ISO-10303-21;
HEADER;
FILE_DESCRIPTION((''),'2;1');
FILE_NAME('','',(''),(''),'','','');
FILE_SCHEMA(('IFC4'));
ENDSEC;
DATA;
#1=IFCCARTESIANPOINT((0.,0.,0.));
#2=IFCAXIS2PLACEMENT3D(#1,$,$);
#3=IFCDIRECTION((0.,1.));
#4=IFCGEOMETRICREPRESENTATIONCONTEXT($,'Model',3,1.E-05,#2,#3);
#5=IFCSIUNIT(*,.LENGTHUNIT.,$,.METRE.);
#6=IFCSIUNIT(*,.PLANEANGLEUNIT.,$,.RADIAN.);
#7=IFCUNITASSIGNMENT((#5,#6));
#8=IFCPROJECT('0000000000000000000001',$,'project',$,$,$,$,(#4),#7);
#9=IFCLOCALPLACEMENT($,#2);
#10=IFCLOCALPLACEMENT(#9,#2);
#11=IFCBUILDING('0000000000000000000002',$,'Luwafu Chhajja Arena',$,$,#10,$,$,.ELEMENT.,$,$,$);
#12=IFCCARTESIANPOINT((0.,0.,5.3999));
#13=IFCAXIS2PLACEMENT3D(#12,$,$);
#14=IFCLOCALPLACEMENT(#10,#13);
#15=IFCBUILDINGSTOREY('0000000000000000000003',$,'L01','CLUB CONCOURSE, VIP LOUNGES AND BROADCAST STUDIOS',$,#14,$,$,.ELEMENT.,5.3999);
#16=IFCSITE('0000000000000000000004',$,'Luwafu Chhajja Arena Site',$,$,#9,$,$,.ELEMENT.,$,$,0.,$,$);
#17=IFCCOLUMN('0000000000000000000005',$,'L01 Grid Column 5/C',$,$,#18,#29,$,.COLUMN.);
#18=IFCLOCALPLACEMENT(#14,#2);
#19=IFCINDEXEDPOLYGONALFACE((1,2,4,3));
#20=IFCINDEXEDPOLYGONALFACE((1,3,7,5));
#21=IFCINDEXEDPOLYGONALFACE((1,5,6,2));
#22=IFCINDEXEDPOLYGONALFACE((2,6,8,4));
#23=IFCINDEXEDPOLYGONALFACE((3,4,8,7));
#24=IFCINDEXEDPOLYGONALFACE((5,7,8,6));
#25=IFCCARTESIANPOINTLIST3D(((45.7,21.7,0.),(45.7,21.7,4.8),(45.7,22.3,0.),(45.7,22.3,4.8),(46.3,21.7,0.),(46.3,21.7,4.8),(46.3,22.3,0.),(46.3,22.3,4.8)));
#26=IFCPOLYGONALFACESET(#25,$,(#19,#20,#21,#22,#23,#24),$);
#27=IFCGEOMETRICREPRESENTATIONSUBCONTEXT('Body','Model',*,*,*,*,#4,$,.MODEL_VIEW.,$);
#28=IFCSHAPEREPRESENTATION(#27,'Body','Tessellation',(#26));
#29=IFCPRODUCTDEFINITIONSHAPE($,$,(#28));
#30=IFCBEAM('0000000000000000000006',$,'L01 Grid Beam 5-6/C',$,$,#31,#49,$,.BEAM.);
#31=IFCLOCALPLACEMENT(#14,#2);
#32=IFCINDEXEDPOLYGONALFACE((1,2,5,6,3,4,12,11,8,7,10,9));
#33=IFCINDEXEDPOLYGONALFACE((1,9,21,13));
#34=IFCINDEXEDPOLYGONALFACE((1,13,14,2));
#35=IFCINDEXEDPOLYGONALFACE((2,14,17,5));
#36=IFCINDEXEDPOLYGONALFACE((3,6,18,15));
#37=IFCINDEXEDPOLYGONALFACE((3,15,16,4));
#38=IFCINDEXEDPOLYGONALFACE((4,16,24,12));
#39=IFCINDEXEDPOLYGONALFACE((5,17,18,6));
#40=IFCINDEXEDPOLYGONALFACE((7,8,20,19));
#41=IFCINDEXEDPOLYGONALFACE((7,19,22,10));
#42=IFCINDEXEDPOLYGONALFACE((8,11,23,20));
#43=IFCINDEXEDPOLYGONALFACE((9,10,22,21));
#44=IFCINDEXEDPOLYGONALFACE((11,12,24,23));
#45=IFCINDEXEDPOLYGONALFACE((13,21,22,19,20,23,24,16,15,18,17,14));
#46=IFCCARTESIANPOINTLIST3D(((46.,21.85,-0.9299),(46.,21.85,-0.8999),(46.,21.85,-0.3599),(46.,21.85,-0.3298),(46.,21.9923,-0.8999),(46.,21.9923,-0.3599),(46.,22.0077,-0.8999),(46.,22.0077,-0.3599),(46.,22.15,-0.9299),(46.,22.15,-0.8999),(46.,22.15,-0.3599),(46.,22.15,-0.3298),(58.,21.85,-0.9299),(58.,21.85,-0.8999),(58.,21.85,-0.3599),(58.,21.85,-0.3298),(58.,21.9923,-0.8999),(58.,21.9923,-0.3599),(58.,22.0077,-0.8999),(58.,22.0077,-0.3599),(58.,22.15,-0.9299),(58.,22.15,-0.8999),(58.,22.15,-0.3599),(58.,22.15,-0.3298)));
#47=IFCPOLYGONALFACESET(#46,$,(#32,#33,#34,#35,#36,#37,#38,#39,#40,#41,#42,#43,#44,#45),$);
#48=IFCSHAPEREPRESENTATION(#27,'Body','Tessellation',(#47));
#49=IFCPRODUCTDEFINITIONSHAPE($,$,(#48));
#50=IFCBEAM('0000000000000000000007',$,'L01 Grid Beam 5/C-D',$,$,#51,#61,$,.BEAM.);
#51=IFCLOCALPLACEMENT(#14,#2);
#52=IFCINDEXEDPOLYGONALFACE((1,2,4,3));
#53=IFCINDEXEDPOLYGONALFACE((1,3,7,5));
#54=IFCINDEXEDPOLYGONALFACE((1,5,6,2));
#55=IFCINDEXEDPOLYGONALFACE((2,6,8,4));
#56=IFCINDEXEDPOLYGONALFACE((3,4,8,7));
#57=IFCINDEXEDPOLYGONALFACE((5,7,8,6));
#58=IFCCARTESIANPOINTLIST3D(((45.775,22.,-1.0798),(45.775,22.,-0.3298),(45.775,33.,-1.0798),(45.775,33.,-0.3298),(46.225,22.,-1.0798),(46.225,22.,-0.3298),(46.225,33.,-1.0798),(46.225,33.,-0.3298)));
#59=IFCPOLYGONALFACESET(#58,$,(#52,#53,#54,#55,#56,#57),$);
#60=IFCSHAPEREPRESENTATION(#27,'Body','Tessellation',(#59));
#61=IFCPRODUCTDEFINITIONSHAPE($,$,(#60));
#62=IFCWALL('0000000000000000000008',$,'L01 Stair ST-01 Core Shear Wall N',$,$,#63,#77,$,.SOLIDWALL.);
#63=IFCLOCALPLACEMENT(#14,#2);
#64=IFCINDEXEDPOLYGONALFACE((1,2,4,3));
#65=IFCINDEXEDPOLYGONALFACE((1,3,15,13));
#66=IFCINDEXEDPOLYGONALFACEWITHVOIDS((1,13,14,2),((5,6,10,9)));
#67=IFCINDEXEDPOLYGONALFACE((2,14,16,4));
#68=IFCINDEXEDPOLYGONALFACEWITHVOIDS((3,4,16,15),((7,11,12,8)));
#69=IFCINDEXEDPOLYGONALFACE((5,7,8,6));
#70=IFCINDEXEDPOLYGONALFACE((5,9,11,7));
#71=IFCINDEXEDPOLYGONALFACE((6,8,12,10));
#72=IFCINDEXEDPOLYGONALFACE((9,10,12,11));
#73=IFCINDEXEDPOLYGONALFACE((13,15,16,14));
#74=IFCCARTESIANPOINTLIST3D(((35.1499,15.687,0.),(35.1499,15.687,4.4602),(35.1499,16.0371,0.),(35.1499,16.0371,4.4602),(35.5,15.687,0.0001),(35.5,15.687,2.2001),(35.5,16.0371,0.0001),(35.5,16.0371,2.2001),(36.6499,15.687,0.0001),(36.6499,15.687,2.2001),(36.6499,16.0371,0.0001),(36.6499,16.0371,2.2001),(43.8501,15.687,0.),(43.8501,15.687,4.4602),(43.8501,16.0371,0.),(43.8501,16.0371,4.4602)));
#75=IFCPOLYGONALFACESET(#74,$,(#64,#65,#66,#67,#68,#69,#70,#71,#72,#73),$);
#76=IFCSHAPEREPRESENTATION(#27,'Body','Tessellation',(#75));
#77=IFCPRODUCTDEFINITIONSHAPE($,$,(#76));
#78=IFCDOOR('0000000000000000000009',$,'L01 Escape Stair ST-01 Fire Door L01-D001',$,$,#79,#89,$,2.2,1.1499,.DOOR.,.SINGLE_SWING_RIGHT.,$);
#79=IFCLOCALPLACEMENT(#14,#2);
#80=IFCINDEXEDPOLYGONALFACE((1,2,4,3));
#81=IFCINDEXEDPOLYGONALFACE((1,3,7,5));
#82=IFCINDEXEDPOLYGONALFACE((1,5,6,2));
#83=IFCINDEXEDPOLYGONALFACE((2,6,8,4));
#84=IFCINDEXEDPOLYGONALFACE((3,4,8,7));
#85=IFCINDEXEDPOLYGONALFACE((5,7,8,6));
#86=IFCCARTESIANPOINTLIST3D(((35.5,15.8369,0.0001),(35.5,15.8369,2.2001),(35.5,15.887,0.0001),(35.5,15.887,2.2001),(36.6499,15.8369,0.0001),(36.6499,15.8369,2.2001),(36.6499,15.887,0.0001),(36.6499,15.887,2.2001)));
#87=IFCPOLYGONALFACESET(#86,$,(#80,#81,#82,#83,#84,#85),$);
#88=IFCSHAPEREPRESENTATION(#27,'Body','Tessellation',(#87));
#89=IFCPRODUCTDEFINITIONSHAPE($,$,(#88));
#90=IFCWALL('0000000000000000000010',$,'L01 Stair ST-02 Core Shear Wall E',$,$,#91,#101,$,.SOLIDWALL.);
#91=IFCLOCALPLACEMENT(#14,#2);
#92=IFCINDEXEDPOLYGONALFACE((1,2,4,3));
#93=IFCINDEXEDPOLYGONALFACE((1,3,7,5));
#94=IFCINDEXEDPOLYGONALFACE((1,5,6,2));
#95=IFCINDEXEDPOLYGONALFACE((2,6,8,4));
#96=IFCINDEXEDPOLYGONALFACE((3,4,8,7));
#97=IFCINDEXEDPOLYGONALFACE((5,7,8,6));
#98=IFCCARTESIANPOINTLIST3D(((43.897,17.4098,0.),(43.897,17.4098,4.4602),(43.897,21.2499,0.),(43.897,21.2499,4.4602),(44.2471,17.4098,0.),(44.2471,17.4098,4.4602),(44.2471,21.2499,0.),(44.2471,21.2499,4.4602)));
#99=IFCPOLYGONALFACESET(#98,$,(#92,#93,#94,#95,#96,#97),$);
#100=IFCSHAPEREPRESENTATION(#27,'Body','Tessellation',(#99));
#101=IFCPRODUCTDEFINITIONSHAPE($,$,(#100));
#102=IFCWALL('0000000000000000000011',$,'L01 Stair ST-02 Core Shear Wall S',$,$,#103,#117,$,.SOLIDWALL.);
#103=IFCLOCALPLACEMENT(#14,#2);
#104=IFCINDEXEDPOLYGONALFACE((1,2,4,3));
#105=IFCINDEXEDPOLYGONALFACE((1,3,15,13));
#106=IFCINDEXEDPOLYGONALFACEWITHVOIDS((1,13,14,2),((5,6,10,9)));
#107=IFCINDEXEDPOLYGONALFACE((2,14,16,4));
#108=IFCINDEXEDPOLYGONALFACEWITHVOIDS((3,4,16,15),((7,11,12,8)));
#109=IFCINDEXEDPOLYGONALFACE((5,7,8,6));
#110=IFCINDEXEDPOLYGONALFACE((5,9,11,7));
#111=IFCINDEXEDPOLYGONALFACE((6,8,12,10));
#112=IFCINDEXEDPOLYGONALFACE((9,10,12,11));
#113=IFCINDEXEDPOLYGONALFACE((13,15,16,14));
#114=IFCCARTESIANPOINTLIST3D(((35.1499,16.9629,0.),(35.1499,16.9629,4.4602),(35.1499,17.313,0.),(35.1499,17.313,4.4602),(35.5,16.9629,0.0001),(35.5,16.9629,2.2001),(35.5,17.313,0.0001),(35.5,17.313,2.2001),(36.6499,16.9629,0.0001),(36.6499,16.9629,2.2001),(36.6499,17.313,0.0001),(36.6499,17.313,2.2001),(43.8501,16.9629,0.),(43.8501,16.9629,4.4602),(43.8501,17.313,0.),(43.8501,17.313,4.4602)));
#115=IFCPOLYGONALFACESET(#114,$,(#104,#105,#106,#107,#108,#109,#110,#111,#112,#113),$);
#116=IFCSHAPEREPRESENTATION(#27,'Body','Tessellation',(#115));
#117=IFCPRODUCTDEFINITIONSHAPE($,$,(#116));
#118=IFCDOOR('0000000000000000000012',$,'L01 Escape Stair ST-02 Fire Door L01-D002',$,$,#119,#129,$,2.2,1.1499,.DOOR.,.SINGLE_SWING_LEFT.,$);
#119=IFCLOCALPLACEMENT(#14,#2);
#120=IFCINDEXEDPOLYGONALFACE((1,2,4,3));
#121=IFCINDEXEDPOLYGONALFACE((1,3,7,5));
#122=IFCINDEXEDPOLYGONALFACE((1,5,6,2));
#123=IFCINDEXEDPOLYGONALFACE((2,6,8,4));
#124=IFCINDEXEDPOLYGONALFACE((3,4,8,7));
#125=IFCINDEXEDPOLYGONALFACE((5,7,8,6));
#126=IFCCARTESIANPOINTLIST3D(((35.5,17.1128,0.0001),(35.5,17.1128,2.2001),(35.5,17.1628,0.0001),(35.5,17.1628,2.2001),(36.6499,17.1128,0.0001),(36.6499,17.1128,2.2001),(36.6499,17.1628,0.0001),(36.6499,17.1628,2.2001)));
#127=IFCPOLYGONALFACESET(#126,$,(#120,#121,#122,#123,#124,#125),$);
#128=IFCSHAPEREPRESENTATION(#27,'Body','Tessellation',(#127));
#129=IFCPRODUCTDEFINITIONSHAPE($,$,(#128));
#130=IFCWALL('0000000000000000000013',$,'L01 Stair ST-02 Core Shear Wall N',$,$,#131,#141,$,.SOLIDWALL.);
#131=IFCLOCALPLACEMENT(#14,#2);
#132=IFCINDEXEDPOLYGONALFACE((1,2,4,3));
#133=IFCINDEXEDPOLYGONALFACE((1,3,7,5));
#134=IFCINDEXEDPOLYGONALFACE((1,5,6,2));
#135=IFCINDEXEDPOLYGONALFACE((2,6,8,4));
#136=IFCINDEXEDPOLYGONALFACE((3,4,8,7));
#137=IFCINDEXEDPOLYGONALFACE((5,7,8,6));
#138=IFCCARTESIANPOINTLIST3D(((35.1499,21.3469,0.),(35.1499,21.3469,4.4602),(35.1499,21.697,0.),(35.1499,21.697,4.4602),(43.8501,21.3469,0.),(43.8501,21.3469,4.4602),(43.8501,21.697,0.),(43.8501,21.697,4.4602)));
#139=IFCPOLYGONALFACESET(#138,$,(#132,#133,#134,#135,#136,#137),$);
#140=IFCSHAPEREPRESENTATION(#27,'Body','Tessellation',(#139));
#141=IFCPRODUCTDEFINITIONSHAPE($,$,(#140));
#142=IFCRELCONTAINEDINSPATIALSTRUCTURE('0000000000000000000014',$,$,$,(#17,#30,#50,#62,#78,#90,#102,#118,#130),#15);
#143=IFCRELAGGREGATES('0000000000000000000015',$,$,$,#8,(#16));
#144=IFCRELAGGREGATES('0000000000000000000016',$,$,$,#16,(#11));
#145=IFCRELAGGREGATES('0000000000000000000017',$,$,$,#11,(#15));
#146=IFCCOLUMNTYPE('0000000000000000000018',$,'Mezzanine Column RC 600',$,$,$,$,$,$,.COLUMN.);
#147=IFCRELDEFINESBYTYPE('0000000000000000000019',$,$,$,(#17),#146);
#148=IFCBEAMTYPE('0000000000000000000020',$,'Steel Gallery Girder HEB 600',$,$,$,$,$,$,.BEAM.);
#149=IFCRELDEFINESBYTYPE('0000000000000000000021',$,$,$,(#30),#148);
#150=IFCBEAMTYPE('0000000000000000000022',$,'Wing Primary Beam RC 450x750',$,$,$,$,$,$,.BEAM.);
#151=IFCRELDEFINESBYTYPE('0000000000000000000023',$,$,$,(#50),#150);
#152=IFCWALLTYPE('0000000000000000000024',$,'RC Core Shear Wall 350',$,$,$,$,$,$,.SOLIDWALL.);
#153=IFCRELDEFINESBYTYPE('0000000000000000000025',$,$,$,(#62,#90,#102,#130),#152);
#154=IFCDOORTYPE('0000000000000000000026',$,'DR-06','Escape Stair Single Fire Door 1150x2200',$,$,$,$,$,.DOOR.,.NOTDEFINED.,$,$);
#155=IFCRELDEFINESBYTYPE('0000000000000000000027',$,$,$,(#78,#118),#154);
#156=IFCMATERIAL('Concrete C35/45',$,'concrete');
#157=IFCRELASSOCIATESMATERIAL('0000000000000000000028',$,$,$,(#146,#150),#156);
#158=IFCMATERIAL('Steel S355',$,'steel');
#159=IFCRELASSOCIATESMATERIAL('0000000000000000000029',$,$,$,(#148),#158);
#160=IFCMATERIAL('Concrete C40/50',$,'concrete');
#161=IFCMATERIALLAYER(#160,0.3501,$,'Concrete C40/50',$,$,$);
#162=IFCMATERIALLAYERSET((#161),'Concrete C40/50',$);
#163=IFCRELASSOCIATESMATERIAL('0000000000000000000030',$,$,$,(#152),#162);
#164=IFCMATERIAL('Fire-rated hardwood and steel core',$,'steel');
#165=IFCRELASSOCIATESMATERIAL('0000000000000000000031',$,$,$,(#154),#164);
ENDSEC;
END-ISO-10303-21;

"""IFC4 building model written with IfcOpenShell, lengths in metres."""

from ifc_helpers import new_model, si_unit, direction, frame, frame_2d, origin, origin_2d, place, context, subcontext, project, spatial, rectangle, i_section, extrude, material, layer, layer_set, material_profile, profile_set, type_object, element, fill, save


model = new_model("IFC4")

# Units and contexts
model_context = context("Model", 3, precision=1e-05, world=origin(), true_north=direction((0.0, 1.0)))
body_context = subcontext(model_context, "Body", "Model", "MODEL_VIEW")
ifc_project = project(units=[si_unit("LENGTHUNIT", "METRE"), si_unit("PLANEANGLEUNIT", "RADIAN")], contexts=[model_context])

# Site, building, storey
site_placement = place(None, origin())
site = spatial("IfcSite", under=ifc_project, at=site_placement, Name="Luwafu Chhajja Arena Site", CompositionType="ELEMENT", RefElevation=0.0)
building_placement = place(site_placement, origin())
building = spatial("IfcBuilding", under=site, at=building_placement, Name="Luwafu Chhajja Arena", CompositionType="ELEMENT")
storey_placement = place(building_placement, frame((0.0, 0.0, 5.3999)))
storey = spatial("IfcBuildingStorey", under=building, at=storey_placement, Name="L01", Description="CLUB CONCOURSE, VIP LOUNGES AND BROADCAST STUDIOS", CompositionType="ELEMENT", Elevation=5.3999)

# Column
ifc_material_1 = material(Name="Concrete C35/45", Category="concrete")
ifc_material_profile_1 = material_profile(ifc_material_1, rectangle(XDim=0.6001, YDim=0.6001, at=origin_2d()), Name="RC 600x600")
ifc_profile_set_1 = profile_set([ifc_material_profile_1], Name="Concrete C35/45")
column_type = type_object("IfcColumnType", Name="Mezzanine Column RC 600", PredefinedType="COLUMN", material=ifc_profile_set_1)
column_placement = place(storey_placement, frame((46.0, 22.0, 0.0), z_axis=(0.0, 0.0, 1.0), x_axis=(1.0, 0.0, 0.0)))
element("IfcColumn", 1, at=column_placement, inside=storey, type_object=column_type, Name="L01 Grid Column 5/C", PredefinedType="COLUMN", context=body_context, shape_type="SweptSolid", body=[
    extrude(rectangle(XDim=0.6001, YDim=0.6001, at=origin_2d()), origin(), (0.0, 0.0, 1.0), 4.8),
])

# Beams
ifc_material_2 = material(Name="Steel S355", Category="steel")
ifc_material_profile_2 = material_profile(ifc_material_2, i_section(OverallWidth=0.3, OverallDepth=0.6001, WebThickness=0.0154, FlangeThickness=0.03, at=origin_2d()), Name="HEB 600")
ifc_profile_set_2 = profile_set([ifc_material_profile_2], Name="Steel S355")
beam_type_1 = type_object("IfcBeamType", Name="Steel Gallery Girder HEB 600", PredefinedType="BEAM", material=ifc_profile_set_2)
beam_1_placement = place(storey_placement, frame((46.0, 22.0, -0.6299), z_axis=(1.0, 0.0, 0.0), x_axis=(0.0, 1.0, 0.0)))
element("IfcBeam", 2, at=beam_1_placement, inside=storey, type_object=beam_type_1, Name="L01 Grid Beam 5-6/C", PredefinedType="BEAM", context=body_context, shape_type="SweptSolid", body=[
    extrude(i_section(OverallWidth=0.3, OverallDepth=0.6001, WebThickness=0.0154, FlangeThickness=0.03, at=origin_2d()), origin(), (0.0, 0.0, 1.0), 12.0),
])
ifc_material_profile_3 = material_profile(ifc_material_1, rectangle(XDim=0.45, YDim=0.75, at=origin_2d()), Name="RC 450x750")
ifc_profile_set_3 = profile_set([ifc_material_profile_3], Name="Concrete C35/45")
beam_type_2 = type_object("IfcBeamType", Name="Wing Primary Beam RC 450x750", PredefinedType="BEAM", material=ifc_profile_set_3)
beam_2_placement = place(storey_placement, frame((46.0, 22.0, -0.7048), z_axis=(0.0, 1.0, 0.0), x_axis=(-1.0, 0.0, 0.0)))
element("IfcBeam", 3, at=beam_2_placement, inside=storey, type_object=beam_type_2, Name="L01 Grid Beam 5/C-D", PredefinedType="BEAM", context=body_context, shape_type="SweptSolid", body=[
    extrude(rectangle(XDim=0.45, YDim=0.75, at=origin_2d()), origin(), (0.0, 0.0, 1.0), 11.0),
])

# Wall, opening, door
ifc_material_3 = material(Name="Concrete C40/50", Category="concrete")
ifc_layer_1 = layer(ifc_material_3, 0.3501, Name="Concrete C40/50")
ifc_layer_set_1 = layer_set([ifc_layer_1], Name="Concrete C40/50")
wall_type = type_object("IfcWallType", Name="RC Core Shear Wall 350", PredefinedType="SOLIDWALL", material=ifc_layer_set_1)
wall_1_placement = place(storey_placement, frame((35.1499, 15.8621, 0.0), z_axis=(0.0, 0.0, 1.0), x_axis=(1.0, 0.0, 0.0)))
wall_1 = element("IfcWall", 4, at=wall_1_placement, inside=storey, type_object=wall_type, Name="L01 Stair ST-01 Core Shear Wall N", PredefinedType="SOLIDWALL", context=body_context, shape_type="SweptSolid", body=[
    extrude(rectangle(XDim=8.7002, YDim=0.3501, at=frame_2d((4.3501, 0.0))), origin(), (0.0, 0.0, 1.0), 4.4602),
])
opening_1_placement = place(wall_1_placement, frame((0.3501, 0.0, 0.0)))
opening_1 = element("IfcOpeningElement", 5, at=opening_1_placement, cuts=wall_1, PredefinedType="OPENING", context=body_context, shape_type="SweptSolid", body=[
    extrude(rectangle(XDim=1.1499, YDim=2.2, at=frame_2d((0.575, 1.1001))), frame((0.0, 0.1851, 0.0), z_axis=(0.0, -1.0, 0.0), x_axis=(1.0, 0.0, 0.0)), (0.0, 0.0, 1.0), 0.3701),
])
ifc_material_4 = material(Name="Fire-rated hardwood and steel core", Category="steel")
door_type = type_object("IfcDoorType", Name="DR-06", Description="Escape Stair Single Fire Door 1150x2200", OperationType="NOTDEFINED", PredefinedType="DOOR", material=ifc_material_4)
door_1_placement = place(opening_1_placement, origin())
door_1 = element("IfcDoor", 6, at=door_1_placement, inside=storey, type_object=door_type, Name="L01 Escape Stair ST-01 Fire Door L01-D001", OperationType="SINGLE_SWING_RIGHT", OverallHeight=2.2, OverallWidth=1.1499, PredefinedType="DOOR", context=body_context, shape_type="SweptSolid", body=[
    extrude(rectangle(XDim=1.1499, YDim=2.2, at=frame_2d((0.575, 1.1001))), frame((0.0, 0.0249, 0.0), z_axis=(0.0, -1.0, 0.0), x_axis=(1.0, 0.0, 0.0)), (0.0, 0.0, 1.0), 0.05),
])
fill(opening_1, door_1)

# Wall
wall_2_placement = place(storey_placement, frame((44.072, 17.4099, 0.0), z_axis=(0.0, 0.0, 1.0), x_axis=(0.0, 1.0, 0.0)))
element("IfcWall", 7, at=wall_2_placement, inside=storey, type_object=wall_type, Name="L01 Stair ST-02 Core Shear Wall E", PredefinedType="SOLIDWALL", context=body_context, shape_type="SweptSolid", body=[
    extrude(rectangle(XDim=3.8401, YDim=0.3501, at=frame_2d((1.9199, 0.0))), origin(), (0.0, 0.0, 1.0), 4.4602),
])

# Wall, opening, door
wall_3_placement = place(storey_placement, frame((35.1499, 17.1379, 0.0), z_axis=(0.0, 0.0, 1.0), x_axis=(1.0, 0.0, 0.0)))
wall_3 = element("IfcWall", 8, at=wall_3_placement, inside=storey, type_object=wall_type, Name="L01 Stair ST-02 Core Shear Wall S", PredefinedType="SOLIDWALL", context=body_context, shape_type="SweptSolid", body=[
    extrude(rectangle(XDim=8.7002, YDim=0.3501, at=frame_2d((4.3501, 0.0))), origin(), (0.0, 0.0, 1.0), 4.4602),
])
opening_2_placement = place(wall_3_placement, frame((0.3501, 0.0, 0.0)))
opening_2 = element("IfcOpeningElement", 9, at=opening_2_placement, cuts=wall_3, PredefinedType="OPENING", context=body_context, shape_type="SweptSolid", body=[
    extrude(rectangle(XDim=1.1499, YDim=2.2, at=frame_2d((0.575, 1.1001))), frame((0.0, 0.1851, 0.0), z_axis=(0.0, -1.0, 0.0), x_axis=(1.0, 0.0, 0.0)), (0.0, 0.0, 1.0), 0.3701),
])
door_2_placement = place(opening_2_placement, origin())
door_2 = element("IfcDoor", 10, at=door_2_placement, inside=storey, type_object=door_type, Name="L01 Escape Stair ST-02 Fire Door L01-D002", OperationType="SINGLE_SWING_LEFT", OverallHeight=2.2, OverallWidth=1.1499, PredefinedType="DOOR", context=body_context, shape_type="SweptSolid", body=[
    extrude(rectangle(XDim=1.1499, YDim=2.2, at=frame_2d((0.575, 1.1001))), frame((0.0, 0.0249, 0.0), z_axis=(0.0, -1.0, 0.0), x_axis=(1.0, 0.0, 0.0)), (0.0, 0.0, 1.0), 0.05),
])
fill(opening_2, door_2)

# Wall
wall_4_placement = place(storey_placement, frame((35.1499, 21.522, 0.0), z_axis=(0.0, 0.0, 1.0), x_axis=(1.0, 0.0, 0.0)))
element("IfcWall", 11, at=wall_4_placement, inside=storey, type_object=wall_type, Name="L01 Stair ST-02 Core Shear Wall N", PredefinedType="SOLIDWALL", context=body_context, shape_type="SweptSolid", body=[
    extrude(rectangle(XDim=8.7002, YDim=0.3501, at=frame_2d((4.3501, 0.0))), origin(), (0.0, 0.0, 1.0), 4.4602),
])

save(model, "model.ifc")
